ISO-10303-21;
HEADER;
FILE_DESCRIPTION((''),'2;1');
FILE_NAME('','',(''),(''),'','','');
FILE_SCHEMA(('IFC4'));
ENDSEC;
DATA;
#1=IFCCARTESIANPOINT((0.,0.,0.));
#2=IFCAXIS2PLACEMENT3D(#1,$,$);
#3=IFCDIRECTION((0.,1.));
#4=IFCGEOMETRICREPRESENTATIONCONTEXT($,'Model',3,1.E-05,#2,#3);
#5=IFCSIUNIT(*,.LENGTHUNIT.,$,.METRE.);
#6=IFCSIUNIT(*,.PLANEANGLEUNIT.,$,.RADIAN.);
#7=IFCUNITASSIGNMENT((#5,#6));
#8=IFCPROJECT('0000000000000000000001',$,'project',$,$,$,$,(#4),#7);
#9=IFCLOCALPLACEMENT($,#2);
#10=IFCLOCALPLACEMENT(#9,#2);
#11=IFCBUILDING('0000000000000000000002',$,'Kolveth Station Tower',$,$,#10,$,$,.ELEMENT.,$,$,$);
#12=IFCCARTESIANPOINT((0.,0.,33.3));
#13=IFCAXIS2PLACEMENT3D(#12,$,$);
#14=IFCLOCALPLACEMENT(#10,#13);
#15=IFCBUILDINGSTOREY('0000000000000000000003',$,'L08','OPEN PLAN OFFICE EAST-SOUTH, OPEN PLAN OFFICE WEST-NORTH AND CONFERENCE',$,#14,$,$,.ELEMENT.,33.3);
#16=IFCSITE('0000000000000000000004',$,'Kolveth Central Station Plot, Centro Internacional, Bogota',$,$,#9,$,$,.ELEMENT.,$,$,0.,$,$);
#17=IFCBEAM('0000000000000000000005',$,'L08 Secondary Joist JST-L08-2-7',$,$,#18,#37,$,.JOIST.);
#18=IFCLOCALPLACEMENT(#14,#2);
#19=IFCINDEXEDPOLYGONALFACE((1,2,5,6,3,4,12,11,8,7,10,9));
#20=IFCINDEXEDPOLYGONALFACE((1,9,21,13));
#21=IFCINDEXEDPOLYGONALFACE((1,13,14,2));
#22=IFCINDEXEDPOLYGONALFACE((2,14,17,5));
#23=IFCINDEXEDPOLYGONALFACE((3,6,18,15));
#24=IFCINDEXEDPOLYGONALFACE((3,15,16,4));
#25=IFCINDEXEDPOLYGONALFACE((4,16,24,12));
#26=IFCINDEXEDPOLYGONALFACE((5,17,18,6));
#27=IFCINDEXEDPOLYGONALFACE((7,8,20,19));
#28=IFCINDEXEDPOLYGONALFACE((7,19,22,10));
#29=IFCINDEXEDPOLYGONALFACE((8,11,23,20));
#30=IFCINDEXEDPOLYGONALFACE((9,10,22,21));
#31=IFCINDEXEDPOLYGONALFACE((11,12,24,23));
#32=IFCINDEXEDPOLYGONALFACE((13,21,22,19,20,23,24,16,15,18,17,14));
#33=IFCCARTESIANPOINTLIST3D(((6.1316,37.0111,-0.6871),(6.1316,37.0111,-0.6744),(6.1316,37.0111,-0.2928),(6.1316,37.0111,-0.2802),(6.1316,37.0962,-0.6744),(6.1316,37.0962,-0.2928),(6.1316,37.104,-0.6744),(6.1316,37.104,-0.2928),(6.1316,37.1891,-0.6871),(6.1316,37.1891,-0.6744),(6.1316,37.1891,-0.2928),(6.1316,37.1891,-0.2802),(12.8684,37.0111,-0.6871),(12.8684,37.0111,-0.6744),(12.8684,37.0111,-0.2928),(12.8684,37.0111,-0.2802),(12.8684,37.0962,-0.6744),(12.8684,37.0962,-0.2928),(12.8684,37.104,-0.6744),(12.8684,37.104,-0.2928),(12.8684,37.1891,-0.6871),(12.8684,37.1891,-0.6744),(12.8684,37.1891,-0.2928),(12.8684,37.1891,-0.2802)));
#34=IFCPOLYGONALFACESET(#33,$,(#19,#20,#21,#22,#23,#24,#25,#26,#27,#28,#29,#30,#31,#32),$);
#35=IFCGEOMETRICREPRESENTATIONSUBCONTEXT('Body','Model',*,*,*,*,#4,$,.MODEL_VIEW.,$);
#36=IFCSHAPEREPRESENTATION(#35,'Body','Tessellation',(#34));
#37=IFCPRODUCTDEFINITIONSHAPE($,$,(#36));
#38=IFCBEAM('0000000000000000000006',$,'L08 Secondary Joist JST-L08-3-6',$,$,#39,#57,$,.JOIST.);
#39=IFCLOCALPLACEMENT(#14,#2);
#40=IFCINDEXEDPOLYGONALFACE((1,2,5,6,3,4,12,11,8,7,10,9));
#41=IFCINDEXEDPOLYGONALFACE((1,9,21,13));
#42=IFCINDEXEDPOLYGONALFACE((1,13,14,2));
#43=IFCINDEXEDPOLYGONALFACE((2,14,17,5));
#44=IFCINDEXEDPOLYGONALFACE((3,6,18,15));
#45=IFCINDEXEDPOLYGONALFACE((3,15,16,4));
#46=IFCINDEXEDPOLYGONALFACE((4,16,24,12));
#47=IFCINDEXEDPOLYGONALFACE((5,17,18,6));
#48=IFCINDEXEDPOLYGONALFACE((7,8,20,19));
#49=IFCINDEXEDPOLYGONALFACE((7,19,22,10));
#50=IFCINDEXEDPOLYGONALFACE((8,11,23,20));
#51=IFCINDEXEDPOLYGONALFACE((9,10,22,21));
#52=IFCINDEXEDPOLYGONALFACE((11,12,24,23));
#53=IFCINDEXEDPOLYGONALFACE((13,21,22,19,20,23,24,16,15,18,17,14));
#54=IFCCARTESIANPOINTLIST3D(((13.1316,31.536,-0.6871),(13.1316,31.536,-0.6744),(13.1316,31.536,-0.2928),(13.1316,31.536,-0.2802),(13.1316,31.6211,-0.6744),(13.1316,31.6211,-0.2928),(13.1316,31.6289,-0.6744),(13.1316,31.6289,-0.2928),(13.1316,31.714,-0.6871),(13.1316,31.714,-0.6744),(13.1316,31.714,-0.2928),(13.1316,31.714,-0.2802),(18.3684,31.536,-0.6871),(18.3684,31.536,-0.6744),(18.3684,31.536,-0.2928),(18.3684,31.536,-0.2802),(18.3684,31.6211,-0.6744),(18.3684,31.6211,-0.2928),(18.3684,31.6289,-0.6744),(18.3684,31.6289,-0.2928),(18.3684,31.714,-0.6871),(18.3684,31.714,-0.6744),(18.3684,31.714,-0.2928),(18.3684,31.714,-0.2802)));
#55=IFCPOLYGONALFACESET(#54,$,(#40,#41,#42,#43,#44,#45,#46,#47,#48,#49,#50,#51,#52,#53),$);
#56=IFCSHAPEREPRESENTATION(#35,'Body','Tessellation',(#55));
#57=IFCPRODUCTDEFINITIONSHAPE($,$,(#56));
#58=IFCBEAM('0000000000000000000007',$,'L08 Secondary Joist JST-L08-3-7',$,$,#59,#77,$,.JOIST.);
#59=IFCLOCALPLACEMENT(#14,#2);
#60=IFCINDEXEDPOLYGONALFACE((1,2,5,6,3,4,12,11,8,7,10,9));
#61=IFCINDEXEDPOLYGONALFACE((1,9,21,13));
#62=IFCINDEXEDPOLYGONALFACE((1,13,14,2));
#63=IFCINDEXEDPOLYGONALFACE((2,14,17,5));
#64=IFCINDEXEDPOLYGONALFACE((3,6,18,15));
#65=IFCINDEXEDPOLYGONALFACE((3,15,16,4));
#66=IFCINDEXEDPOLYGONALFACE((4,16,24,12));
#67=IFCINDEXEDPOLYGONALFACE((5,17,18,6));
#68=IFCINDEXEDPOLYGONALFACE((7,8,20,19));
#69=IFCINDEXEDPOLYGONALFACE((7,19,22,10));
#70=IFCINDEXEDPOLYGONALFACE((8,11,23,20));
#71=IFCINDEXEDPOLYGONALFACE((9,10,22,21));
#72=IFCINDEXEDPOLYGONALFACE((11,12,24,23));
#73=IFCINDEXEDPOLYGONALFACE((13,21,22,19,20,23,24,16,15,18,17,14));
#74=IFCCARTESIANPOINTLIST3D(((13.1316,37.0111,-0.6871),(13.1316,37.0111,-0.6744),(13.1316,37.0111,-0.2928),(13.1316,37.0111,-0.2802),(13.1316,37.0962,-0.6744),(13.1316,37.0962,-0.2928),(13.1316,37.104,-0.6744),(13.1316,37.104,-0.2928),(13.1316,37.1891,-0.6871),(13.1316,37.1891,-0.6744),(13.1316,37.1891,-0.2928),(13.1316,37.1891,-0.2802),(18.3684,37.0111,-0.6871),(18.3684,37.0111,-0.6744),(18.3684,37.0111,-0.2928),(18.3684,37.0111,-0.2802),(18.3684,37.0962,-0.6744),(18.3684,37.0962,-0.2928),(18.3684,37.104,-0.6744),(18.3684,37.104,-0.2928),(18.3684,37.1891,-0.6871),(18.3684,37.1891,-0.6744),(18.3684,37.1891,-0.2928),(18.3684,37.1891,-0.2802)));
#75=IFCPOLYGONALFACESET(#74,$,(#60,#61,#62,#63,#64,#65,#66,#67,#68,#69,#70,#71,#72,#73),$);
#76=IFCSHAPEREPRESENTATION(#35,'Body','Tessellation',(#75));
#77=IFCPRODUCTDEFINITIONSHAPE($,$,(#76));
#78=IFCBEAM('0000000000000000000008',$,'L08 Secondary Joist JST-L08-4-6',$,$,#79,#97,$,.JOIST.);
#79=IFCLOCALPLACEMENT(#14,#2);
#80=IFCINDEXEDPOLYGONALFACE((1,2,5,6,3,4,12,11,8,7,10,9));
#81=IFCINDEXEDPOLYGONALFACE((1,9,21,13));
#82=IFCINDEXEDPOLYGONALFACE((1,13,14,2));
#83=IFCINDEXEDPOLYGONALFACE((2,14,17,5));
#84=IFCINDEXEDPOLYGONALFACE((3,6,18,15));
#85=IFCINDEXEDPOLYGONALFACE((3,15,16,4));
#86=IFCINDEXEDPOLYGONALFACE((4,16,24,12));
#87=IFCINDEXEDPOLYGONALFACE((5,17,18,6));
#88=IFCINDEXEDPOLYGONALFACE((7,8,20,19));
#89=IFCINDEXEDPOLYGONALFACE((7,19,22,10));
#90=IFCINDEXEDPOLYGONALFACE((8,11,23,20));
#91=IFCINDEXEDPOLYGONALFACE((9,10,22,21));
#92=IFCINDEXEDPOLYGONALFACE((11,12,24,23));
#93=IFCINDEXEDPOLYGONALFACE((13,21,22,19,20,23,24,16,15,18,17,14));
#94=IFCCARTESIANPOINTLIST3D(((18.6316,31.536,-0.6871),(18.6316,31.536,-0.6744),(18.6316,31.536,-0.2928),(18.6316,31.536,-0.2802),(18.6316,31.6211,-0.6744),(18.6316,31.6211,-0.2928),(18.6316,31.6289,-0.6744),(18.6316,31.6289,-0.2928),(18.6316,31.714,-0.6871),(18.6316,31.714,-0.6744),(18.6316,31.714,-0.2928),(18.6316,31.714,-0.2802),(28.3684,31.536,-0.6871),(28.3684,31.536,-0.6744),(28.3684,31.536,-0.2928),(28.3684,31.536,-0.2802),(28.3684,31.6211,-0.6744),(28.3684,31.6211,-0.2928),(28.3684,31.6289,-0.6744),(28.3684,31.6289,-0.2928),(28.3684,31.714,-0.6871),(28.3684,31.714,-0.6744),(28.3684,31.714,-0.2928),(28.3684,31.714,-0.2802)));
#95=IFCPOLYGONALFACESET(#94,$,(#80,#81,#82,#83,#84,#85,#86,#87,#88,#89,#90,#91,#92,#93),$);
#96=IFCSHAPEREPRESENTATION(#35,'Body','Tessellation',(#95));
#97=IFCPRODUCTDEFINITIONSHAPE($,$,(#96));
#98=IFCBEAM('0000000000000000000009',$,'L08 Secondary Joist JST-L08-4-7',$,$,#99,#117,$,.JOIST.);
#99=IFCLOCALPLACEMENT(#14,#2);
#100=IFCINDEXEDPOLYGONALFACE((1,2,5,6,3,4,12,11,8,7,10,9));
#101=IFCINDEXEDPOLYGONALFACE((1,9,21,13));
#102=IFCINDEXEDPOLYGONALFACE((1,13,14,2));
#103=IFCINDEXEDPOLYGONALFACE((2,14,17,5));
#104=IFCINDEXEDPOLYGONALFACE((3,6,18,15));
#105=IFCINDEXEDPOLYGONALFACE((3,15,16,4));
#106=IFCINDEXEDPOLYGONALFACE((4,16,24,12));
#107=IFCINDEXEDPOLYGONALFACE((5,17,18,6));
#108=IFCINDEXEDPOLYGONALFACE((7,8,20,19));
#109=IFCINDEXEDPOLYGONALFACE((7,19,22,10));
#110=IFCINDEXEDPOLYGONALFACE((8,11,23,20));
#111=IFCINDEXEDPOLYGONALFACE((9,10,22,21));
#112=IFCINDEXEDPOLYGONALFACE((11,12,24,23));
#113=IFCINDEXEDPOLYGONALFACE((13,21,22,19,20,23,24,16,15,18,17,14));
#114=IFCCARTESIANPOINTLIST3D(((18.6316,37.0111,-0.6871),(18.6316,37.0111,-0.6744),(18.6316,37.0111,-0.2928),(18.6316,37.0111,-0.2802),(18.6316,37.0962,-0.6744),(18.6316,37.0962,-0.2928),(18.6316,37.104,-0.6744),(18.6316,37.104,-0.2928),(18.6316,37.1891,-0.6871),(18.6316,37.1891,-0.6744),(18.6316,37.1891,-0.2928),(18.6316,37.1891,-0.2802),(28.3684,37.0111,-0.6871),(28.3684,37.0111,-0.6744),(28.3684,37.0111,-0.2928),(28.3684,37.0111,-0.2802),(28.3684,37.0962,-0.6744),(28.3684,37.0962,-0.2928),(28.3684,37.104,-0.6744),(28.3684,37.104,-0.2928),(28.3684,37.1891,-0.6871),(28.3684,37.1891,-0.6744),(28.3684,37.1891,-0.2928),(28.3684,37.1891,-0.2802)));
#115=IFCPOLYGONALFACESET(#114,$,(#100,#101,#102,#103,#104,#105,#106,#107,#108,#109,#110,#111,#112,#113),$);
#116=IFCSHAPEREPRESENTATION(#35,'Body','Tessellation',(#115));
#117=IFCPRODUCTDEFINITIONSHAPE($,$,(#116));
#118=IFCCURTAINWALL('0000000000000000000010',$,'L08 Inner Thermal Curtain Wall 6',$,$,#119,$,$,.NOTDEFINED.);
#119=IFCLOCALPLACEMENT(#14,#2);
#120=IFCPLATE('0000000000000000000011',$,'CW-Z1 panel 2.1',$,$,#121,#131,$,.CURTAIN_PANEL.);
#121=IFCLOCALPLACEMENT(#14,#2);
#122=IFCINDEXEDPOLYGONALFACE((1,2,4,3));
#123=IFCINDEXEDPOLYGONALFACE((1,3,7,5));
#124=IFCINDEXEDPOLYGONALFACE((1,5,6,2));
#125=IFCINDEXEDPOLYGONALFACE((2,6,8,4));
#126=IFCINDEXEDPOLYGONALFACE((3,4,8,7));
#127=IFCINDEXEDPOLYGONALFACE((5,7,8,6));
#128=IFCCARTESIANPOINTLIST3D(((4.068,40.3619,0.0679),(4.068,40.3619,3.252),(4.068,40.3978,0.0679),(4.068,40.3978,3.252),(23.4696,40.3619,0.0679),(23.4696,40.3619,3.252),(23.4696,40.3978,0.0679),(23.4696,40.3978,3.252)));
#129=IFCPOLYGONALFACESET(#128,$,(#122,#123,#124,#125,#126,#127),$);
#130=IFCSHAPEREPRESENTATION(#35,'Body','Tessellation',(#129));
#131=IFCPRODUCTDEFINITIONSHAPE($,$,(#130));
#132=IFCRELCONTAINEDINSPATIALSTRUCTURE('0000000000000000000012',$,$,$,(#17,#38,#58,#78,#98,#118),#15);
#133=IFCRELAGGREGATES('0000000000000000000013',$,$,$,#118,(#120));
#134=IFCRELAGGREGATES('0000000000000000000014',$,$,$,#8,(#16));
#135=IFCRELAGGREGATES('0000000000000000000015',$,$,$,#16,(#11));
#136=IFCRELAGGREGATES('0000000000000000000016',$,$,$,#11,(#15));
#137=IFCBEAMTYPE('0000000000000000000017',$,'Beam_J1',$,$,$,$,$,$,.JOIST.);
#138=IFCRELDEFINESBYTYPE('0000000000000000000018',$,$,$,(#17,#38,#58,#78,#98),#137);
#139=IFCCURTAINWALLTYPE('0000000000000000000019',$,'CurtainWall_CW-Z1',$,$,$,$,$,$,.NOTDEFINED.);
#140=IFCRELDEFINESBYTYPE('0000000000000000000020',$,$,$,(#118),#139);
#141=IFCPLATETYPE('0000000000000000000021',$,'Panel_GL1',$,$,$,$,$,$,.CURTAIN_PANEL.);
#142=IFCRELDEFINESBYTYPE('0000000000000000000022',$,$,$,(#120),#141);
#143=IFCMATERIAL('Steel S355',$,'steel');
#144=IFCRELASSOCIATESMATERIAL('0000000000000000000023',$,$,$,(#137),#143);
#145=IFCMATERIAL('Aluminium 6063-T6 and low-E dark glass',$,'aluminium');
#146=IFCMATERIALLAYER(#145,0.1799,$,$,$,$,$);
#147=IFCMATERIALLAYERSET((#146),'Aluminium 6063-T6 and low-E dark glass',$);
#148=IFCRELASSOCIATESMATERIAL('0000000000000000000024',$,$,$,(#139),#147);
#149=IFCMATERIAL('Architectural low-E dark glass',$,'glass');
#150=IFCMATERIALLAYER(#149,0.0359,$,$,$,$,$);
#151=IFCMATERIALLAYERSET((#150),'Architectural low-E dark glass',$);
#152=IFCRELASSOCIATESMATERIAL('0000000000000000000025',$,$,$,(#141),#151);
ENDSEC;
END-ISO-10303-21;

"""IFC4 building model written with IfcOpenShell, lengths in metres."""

from ifc_helpers import new_model, si_unit, direction, frame, origin, origin_2d, place, context, subcontext, project, spatial, rectangle, i_section, extrude, source, transform, mapped, material, layer, layer_set, material_profile, profile_set, type_object, element, aggregate, save


model = new_model("IFC4")

# Units and contexts
model_context = context("Model", 3, precision=1e-05, world=origin(), true_north=direction((0.0, 1.0)))
body_context = subcontext(model_context, "Body", "Model", "MODEL_VIEW")
ifc_project = project(units=[si_unit("LENGTHUNIT", "METRE"), si_unit("PLANEANGLEUNIT", "RADIAN")], contexts=[model_context])

# Site, building, storey
site_placement = place(None, origin())
site = spatial("IfcSite", under=ifc_project, at=site_placement, Name="Kolveth Central Station Plot, Centro Internacional, Bogota", CompositionType="ELEMENT", RefElevation=0.0)
building_placement = place(site_placement, origin())
building = spatial("IfcBuilding", under=site, at=building_placement, Name="Kolveth Station Tower", CompositionType="ELEMENT")
storey_placement = place(building_placement, frame((0.0, 0.0, 33.3)))
storey = spatial("IfcBuildingStorey", under=building, at=storey_placement, Name="L08", Description="OPEN PLAN OFFICE EAST-SOUTH, OPEN PLAN OFFICE WEST-NORTH AND CONFERENCE", CompositionType="ELEMENT", Elevation=33.3)

# Shared definitions
ifc_material_1 = material(Name="Steel S355", Category="steel")

# Beams
ifc_material_profile_1 = material_profile(ifc_material_1, i_section(OverallWidth=0.178, OverallDepth=0.407, WebThickness=0.0078, FlangeThickness=0.0127, at=origin_2d()), Name="W410x60")
ifc_profile_set_1 = profile_set([ifc_material_profile_1], Name="Steel S355")
beam_type_1 = type_object("IfcBeamType", Name="Beam_J1", PredefinedType="JOIST", material=ifc_profile_set_1)
shared_shape_1 = source(origin(), body_context, "Body", "SweptSolid", [
    extrude(i_section(OverallWidth=0.178, OverallDepth=0.407, WebThickness=0.0078, FlangeThickness=0.0127, at=origin_2d()), origin(), (0.0, 0.0, 1.0), 6.7368),
])
for number, where, z_axis, x_axis, name in (
    (1, (6.1316, 37.1001, -0.4836), (1.0, 0.0, 0.0), (0.0, 1.0, 0.0), "L08 Secondary Joist JST-L08-2-7"),
):
    element("IfcBeam", number, at=place(storey_placement, frame(where, z_axis=z_axis, x_axis=x_axis)), inside=storey, type_object=beam_type_1, Name=name, PredefinedType="JOIST", context=body_context, shape_type="MappedRepresentation", body=[
        mapped(shared_shape_1, transform((0.0, 0.0, 0.0), x_axis=(1.0, 0.0, 0.0), y_axis=(0.0, 1.0, 0.0), z_axis=(0.0, 0.0, 1.0), scale=1.0)),
    ])
shared_shape_2 = source(origin(), body_context, "Body", "SweptSolid", [
    extrude(i_section(OverallWidth=0.178, OverallDepth=0.407, WebThickness=0.0078, FlangeThickness=0.0127, at=origin_2d()), origin(), (0.0, 0.0, 1.0), 5.2368),
])
for number, where, z_axis, x_axis, name in (
    (2, (13.1316, 31.625, -0.4836), (1.0, 0.0, 0.0), (0.0, 1.0, 0.0), "L08 Secondary Joist JST-L08-3-6"),
    (3, (13.1316, 37.1001, -0.4836), (1.0, 0.0, 0.0), (0.0, 1.0, 0.0), "L08 Secondary Joist JST-L08-3-7"),
):
    element("IfcBeam", number, at=place(storey_placement, frame(where, z_axis=z_axis, x_axis=x_axis)), inside=storey, type_object=beam_type_1, Name=name, PredefinedType="JOIST", context=body_context, shape_type="MappedRepresentation", body=[
        mapped(shared_shape_2, transform((0.0, 0.0, 0.0), x_axis=(1.0, 0.0, 0.0), y_axis=(0.0, 1.0, 0.0), z_axis=(0.0, 0.0, 1.0), scale=1.0)),
    ])
shared_shape_3 = source(origin(), body_context, "Body", "SweptSolid", [
    extrude(i_section(OverallWidth=0.178, OverallDepth=0.407, WebThickness=0.0078, FlangeThickness=0.0127, at=origin_2d()), origin(), (0.0, 0.0, 1.0), 9.7368),
])
for number, where, z_axis, x_axis, name in (
    (4, (18.6316, 31.625, -0.4836), (1.0, 0.0, 0.0), (0.0, 1.0, 0.0), "L08 Secondary Joist JST-L08-4-6"),
    (5, (18.6316, 37.1001, -0.4836), (1.0, 0.0, 0.0), (0.0, 1.0, 0.0), "L08 Secondary Joist JST-L08-4-7"),
):
    element("IfcBeam", number, at=place(storey_placement, frame(where, z_axis=z_axis, x_axis=x_axis)), inside=storey, type_object=beam_type_1, Name=name, PredefinedType="JOIST", context=body_context, shape_type="MappedRepresentation", body=[
        mapped(shared_shape_3, transform((0.0, 0.0, 0.0), x_axis=(1.0, 0.0, 0.0), y_axis=(0.0, 1.0, 0.0), z_axis=(0.0, 0.0, 1.0), scale=1.0)),
    ])

# Curtain wall, plate
ifc_material_2 = material(Name="Aluminium 6063-T6 and low-E dark glass", Category="aluminium")
ifc_layer_1 = layer(ifc_material_2, 0.1799)
ifc_layer_set_1 = layer_set([ifc_layer_1], Name="Aluminium 6063-T6 and low-E dark glass")
curtain_wall_type = type_object("IfcCurtainWallType", Name="CurtainWall_CW-Z1", PredefinedType="NOTDEFINED", material=ifc_layer_set_1)
curtain_wall_placement = place(storey_placement, origin())
curtain_wall = element("IfcCurtainWall", 6, at=curtain_wall_placement, inside=storey, type_object=curtain_wall_type, Name="L08 Inner Thermal Curtain Wall 6", PredefinedType="NOTDEFINED")
ifc_material_3 = material(Name="Architectural low-E dark glass", Category="glass")
ifc_layer_2 = layer(ifc_material_3, 0.0359)
ifc_layer_set_2 = layer_set([ifc_layer_2], Name="Architectural low-E dark glass")
plate_type = type_object("IfcPlateType", Name="Panel_GL1", PredefinedType="CURTAIN_PANEL", material=ifc_layer_set_2)
shared_shape_4 = source(origin(), body_context, "Body", "SweptSolid", [
    extrude(rectangle(XDim=19.4016, YDim=0.0359, at=origin_2d()), origin(), (0.0, 0.0, 1.0), 3.1841),
])
plate_placement = place(storey_placement, frame((13.7688, 40.3799, 0.0679), z_axis=(0.0, 0.0, 1.0), x_axis=(-1.0, 0.0, 0.0)))
plate = element("IfcPlate", 7, at=plate_placement, type_object=plate_type, Name="CW-Z1 panel 2.1", PredefinedType="CURTAIN_PANEL", context=body_context, shape_type="MappedRepresentation", body=[
    mapped(shared_shape_4, transform((0.0, 0.0, 0.0), x_axis=(1.0, 0.0, 0.0), y_axis=(0.0, 1.0, 0.0), z_axis=(0.0, 0.0, 1.0), scale=1.0)),
])
aggregate(curtain_wall, [plate])

save(model, "model.ifc")
